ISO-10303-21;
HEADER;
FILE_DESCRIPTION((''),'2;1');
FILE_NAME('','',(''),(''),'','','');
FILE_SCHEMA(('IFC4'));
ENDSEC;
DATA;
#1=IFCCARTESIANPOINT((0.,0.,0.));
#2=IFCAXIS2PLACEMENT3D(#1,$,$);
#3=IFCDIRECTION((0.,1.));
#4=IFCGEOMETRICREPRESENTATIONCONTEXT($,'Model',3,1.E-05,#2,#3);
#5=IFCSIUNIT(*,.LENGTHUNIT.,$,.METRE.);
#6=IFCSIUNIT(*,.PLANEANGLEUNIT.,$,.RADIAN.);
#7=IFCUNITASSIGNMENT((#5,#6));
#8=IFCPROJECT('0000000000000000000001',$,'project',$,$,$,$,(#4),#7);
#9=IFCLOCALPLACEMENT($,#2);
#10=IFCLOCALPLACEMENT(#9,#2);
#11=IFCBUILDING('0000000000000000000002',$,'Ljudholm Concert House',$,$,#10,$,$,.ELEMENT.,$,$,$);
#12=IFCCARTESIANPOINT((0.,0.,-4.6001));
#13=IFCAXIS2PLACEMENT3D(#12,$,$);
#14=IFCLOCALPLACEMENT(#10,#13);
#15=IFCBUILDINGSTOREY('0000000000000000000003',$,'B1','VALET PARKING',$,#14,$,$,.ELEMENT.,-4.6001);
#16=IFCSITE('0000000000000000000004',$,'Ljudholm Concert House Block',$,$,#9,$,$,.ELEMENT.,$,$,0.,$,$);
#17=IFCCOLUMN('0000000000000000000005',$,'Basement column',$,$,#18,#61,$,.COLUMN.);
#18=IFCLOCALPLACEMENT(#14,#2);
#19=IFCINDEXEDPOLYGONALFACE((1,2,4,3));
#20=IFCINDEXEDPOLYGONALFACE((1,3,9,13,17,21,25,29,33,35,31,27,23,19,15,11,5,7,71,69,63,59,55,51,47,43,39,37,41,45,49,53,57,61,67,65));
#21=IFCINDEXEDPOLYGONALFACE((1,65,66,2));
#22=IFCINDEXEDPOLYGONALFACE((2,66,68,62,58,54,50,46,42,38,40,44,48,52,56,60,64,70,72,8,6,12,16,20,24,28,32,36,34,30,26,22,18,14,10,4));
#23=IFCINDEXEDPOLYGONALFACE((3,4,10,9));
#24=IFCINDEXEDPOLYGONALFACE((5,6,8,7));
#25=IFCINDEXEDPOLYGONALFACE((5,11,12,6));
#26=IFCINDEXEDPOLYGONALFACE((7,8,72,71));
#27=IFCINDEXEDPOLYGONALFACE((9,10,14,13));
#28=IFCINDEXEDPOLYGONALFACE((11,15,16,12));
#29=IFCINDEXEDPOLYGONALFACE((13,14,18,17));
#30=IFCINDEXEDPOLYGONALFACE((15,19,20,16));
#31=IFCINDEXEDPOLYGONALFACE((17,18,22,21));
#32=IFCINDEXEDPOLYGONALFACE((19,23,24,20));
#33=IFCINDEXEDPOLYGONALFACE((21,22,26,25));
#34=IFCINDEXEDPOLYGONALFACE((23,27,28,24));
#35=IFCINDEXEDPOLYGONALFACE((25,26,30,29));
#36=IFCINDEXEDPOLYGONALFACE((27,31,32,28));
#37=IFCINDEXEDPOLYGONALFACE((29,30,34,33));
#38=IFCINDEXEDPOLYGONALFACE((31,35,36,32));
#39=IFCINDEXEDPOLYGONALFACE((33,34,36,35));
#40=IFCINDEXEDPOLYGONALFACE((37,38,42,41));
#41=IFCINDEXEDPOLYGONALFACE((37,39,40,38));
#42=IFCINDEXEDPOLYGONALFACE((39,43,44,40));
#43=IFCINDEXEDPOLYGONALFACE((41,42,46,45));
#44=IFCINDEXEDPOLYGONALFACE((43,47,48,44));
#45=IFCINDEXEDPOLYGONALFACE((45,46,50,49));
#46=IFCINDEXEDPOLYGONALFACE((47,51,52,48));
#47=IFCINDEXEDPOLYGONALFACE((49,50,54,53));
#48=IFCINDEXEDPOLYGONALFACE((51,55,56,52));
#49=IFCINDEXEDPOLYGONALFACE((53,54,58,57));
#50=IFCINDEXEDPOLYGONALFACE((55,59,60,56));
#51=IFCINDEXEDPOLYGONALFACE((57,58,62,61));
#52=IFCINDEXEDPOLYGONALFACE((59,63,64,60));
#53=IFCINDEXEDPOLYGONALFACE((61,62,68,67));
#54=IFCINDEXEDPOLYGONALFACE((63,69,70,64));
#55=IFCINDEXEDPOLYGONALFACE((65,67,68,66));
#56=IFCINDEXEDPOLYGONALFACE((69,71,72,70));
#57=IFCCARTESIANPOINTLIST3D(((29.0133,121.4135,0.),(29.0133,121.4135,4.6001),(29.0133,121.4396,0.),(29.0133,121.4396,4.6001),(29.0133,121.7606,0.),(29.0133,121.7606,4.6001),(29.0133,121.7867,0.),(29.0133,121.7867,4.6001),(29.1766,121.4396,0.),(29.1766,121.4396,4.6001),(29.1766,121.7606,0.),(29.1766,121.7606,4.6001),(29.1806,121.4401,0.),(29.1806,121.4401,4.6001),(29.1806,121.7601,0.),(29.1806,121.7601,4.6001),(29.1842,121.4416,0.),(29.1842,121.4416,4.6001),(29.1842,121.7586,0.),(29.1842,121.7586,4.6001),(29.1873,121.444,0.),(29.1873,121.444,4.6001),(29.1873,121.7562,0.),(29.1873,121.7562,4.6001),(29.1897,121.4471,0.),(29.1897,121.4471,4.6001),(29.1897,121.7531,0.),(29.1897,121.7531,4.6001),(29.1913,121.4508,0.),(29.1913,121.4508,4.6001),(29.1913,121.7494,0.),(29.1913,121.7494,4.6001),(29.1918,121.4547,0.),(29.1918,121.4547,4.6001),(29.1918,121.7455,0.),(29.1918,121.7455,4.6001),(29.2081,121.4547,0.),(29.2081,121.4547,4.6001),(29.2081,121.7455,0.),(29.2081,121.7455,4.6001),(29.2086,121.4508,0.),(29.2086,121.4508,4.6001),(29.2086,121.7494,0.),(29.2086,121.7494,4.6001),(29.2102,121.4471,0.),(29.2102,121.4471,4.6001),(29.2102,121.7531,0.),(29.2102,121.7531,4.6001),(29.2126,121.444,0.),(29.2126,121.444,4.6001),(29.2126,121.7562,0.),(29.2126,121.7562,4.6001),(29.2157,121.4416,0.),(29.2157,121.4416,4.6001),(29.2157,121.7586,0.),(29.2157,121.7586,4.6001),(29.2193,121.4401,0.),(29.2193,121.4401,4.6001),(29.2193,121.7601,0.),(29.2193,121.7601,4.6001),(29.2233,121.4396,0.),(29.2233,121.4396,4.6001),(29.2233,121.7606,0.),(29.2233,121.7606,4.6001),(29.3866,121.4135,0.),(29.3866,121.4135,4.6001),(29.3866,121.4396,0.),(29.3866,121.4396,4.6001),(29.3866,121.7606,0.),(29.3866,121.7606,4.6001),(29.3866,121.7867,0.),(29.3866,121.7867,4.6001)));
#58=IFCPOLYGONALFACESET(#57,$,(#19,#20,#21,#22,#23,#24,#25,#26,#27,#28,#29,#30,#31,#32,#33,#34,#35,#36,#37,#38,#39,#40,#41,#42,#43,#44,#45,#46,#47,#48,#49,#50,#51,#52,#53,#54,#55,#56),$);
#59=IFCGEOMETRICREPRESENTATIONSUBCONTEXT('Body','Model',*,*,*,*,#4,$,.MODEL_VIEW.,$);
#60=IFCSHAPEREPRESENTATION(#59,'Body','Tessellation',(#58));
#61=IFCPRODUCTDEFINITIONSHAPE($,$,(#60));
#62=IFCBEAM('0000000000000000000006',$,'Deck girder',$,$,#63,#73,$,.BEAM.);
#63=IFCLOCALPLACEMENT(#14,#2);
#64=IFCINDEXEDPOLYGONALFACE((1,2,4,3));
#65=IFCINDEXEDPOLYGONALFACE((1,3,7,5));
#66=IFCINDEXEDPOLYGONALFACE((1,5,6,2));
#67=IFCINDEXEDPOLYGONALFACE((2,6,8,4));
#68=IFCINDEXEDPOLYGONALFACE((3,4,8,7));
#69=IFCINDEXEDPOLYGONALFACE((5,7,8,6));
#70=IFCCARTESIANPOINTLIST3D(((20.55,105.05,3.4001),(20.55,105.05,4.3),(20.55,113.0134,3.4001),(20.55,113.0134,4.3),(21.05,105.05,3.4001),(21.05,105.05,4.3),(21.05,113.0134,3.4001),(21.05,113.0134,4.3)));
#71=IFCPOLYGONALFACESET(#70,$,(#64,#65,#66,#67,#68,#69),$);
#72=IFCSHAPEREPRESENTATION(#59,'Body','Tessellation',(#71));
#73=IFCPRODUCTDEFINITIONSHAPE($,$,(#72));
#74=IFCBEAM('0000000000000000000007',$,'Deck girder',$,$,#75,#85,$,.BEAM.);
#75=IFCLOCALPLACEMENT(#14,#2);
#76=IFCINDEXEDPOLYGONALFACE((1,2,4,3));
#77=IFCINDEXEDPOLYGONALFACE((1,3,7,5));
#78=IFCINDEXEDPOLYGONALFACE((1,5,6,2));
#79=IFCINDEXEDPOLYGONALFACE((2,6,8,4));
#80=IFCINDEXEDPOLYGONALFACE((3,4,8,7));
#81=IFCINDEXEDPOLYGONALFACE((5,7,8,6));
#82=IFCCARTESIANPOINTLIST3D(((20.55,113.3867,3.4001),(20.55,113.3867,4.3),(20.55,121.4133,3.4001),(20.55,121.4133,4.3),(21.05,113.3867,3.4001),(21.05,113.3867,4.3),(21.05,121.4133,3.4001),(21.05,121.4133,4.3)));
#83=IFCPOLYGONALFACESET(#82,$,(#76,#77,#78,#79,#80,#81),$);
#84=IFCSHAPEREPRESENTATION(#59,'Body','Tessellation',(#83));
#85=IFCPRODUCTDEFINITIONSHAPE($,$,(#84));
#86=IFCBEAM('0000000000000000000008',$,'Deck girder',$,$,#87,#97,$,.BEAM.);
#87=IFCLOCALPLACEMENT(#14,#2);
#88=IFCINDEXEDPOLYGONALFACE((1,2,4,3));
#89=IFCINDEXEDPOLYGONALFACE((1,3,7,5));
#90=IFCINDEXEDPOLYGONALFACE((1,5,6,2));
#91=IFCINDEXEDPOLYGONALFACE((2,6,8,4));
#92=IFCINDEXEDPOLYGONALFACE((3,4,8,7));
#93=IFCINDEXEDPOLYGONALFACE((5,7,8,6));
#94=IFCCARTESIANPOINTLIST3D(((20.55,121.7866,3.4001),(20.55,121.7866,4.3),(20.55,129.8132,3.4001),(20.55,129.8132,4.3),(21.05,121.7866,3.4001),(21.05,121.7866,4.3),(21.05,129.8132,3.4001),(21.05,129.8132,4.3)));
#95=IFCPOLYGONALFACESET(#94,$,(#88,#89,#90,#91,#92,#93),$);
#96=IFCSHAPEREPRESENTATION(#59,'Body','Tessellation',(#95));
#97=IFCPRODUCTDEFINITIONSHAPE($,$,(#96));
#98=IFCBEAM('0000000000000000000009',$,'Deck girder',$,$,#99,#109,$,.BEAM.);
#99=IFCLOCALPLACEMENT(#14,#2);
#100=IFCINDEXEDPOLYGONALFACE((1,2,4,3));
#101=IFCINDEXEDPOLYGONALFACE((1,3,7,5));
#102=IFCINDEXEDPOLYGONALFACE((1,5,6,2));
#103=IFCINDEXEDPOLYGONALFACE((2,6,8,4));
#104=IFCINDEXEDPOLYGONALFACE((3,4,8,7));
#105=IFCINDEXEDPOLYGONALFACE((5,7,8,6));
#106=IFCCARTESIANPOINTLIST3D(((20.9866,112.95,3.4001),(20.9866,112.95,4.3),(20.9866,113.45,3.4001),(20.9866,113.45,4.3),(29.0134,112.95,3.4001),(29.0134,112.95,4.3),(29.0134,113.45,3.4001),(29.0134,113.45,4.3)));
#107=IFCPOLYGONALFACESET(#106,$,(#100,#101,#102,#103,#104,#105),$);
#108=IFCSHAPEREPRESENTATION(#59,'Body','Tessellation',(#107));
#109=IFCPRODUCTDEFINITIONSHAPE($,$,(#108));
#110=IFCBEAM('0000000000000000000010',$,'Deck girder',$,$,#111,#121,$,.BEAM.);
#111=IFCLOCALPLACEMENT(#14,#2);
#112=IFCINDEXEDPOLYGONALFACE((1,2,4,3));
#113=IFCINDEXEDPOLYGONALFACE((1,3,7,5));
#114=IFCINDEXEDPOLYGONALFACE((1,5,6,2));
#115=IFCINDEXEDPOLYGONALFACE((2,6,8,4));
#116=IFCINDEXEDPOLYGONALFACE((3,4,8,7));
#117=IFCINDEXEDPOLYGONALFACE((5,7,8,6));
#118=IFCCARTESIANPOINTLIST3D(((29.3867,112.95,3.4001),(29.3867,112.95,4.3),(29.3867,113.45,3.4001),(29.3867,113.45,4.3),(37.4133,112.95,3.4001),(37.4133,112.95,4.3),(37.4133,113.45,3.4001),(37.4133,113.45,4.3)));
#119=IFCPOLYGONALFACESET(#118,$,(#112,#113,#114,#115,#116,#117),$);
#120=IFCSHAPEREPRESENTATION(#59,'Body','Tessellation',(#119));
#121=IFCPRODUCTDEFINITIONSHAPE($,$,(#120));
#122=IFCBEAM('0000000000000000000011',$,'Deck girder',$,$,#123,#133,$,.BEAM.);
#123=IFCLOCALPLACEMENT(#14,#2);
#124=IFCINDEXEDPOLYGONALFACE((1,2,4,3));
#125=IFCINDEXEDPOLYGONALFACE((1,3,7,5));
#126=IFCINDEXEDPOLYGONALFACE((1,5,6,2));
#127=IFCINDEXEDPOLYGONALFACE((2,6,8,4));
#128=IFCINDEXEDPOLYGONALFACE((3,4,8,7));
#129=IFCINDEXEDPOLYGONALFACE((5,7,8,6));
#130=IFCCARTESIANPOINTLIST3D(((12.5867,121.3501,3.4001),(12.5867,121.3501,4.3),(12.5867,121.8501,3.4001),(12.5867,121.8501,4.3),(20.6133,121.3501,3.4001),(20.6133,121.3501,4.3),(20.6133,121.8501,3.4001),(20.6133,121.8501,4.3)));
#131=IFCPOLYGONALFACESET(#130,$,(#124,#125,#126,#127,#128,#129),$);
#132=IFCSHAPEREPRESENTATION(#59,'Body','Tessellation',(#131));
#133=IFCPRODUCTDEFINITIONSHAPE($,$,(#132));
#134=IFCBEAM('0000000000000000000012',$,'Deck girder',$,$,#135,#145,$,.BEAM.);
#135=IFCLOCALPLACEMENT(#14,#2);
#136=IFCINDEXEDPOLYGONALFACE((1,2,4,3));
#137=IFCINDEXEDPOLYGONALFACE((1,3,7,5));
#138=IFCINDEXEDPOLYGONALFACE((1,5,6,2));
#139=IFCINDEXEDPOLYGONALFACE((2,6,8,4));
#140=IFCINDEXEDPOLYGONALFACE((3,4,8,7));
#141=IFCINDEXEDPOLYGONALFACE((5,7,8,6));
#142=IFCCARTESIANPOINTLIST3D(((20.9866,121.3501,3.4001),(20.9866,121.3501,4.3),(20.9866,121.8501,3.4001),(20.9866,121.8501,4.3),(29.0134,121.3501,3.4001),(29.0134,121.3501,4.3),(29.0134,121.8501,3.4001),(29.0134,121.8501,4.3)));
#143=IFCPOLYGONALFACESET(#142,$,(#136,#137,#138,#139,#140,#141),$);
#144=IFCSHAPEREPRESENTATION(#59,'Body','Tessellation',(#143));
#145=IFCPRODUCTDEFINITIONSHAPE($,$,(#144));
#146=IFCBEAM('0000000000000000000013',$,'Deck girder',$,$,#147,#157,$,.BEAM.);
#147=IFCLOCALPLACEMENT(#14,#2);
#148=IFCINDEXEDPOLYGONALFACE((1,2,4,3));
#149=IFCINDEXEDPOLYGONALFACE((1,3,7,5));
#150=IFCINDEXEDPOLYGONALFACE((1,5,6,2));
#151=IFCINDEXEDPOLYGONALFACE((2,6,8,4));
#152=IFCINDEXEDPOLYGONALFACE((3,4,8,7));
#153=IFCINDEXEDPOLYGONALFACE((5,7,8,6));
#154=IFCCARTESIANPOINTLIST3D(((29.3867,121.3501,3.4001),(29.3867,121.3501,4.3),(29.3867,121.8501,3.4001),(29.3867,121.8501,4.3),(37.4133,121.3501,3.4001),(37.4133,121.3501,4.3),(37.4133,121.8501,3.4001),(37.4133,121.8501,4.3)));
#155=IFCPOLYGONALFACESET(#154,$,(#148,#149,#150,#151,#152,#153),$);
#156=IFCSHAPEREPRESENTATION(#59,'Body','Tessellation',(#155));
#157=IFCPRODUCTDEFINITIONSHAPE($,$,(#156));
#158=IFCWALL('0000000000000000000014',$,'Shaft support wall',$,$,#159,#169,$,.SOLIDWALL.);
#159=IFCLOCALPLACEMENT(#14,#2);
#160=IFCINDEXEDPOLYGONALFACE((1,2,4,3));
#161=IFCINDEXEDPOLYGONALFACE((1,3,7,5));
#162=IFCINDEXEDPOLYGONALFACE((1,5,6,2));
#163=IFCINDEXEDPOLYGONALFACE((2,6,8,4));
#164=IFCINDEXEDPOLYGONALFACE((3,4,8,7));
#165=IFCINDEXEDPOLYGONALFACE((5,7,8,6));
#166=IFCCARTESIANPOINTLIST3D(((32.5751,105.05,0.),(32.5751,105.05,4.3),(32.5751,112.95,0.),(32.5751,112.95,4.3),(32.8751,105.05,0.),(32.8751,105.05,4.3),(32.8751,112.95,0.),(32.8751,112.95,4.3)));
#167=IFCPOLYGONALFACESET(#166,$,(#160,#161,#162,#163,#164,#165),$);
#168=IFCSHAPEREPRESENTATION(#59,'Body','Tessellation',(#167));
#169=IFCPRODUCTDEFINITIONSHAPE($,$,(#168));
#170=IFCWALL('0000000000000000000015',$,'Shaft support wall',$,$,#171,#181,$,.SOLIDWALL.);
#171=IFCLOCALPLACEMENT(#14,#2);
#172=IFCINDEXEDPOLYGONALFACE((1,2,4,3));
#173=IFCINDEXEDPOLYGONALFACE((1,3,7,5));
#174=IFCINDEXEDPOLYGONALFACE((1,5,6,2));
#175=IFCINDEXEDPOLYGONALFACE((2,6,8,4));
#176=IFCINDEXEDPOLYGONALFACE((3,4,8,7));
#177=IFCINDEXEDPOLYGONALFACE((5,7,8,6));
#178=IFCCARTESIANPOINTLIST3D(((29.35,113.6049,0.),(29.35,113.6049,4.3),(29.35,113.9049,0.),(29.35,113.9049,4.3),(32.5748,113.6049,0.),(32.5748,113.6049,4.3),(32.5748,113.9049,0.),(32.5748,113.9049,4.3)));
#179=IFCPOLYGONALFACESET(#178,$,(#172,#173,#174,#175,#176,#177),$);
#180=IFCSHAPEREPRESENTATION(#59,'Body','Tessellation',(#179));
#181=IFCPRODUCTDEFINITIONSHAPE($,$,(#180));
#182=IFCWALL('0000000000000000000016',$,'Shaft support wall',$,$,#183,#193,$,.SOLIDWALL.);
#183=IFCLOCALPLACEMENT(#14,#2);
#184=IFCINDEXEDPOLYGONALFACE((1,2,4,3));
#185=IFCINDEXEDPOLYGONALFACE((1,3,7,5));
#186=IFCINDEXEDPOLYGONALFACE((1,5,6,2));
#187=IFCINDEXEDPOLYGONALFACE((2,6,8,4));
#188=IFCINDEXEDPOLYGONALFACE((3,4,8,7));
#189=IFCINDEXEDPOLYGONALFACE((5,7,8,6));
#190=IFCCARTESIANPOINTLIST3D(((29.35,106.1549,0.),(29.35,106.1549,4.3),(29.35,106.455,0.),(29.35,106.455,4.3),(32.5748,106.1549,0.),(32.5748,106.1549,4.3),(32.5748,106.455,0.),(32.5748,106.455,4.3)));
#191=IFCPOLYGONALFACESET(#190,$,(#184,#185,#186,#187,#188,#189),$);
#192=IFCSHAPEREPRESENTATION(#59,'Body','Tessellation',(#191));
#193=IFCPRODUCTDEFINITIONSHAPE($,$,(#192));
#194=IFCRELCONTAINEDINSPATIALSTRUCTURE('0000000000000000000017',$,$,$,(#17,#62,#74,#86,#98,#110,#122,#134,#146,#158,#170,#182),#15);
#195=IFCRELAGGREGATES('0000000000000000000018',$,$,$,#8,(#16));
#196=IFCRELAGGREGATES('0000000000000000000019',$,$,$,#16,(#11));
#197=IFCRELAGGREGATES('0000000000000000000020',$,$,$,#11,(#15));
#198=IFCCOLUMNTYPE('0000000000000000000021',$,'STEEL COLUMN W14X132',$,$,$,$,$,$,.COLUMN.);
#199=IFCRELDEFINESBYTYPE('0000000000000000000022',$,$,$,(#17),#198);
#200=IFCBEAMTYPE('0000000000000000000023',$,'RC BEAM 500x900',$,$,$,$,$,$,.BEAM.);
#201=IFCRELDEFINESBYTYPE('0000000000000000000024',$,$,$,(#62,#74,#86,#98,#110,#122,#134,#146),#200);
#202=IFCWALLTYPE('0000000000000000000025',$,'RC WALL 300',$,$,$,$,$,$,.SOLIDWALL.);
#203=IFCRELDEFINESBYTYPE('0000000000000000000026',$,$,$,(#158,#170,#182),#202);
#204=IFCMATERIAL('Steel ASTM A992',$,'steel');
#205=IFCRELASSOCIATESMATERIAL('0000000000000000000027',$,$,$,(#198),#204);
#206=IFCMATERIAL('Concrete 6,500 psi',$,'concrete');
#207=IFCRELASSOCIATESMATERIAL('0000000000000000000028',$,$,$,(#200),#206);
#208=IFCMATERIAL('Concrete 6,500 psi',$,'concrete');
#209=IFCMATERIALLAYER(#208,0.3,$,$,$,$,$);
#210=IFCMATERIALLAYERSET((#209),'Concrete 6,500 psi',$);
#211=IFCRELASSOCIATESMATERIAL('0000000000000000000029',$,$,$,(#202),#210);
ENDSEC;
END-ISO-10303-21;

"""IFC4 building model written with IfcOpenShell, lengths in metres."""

from ifc_helpers import new_model, si_unit, direction, frame, frame_2d, origin, origin_2d, place, context, subcontext, project, spatial, rectangle, i_section, extrude, material, layer, layer_set, material_profile, profile_set, type_object, element, save


model = new_model("IFC4")

# Units and contexts
model_context = context("Model", 3, precision=1e-05, world=origin(), true_north=direction((0.0, 1.0)))
body_context = subcontext(model_context, "Body", "Model", "MODEL_VIEW")
ifc_project = project(units=[si_unit("LENGTHUNIT", "METRE"), si_unit("PLANEANGLEUNIT", "RADIAN")], contexts=[model_context])

# Site, building, storey
site_placement = place(None, origin())
site = spatial("IfcSite", under=ifc_project, at=site_placement, Name="Ljudholm Concert House Block", CompositionType="ELEMENT", RefElevation=0.0)
building_placement = place(site_placement, origin())
building = spatial("IfcBuilding", under=site, at=building_placement, Name="Ljudholm Concert House", CompositionType="ELEMENT")
storey_placement = place(building_placement, frame((0.0, 0.0, -4.6001)))
storey = spatial("IfcBuildingStorey", under=building, at=storey_placement, Name="B1", Description="VALET PARKING", CompositionType="ELEMENT", Elevation=-4.6001)

# Column
ifc_material_1 = material(Name="Steel ASTM A992", Category="steel")
ifc_material_profile_1 = material_profile(ifc_material_1, i_section(OverallWidth=0.3733, OverallDepth=0.3733, WebThickness=0.0164, FlangeThickness=0.0261, FilletRadius=0.0151, at=origin_2d()), Name="W14X132")
ifc_profile_set_1 = profile_set([ifc_material_profile_1], Name="Steel ASTM A992")
column_type = type_object("IfcColumnType", Name="STEEL COLUMN W14X132", PredefinedType="COLUMN", material=ifc_profile_set_1)
for number, where, z_axis, x_axis, name in (
    (1, (29.2, 121.6001, 0.0), (0.0, 0.0, 1.0), (1.0, 0.0, 0.0), "Basement column"),
):
    element("IfcColumn", number, at=place(storey_placement, frame(where, z_axis=z_axis, x_axis=x_axis)), inside=storey, type_object=column_type, Name=name, PredefinedType="COLUMN", context=body_context, shape_type="SweptSolid", body=[
        extrude(i_section(OverallWidth=0.3733, OverallDepth=0.3733, WebThickness=0.0164, FlangeThickness=0.0261, FilletRadius=0.0151, at=origin_2d()), origin(), (0.0, 0.0, 1.0), 4.6001),
    ])

# Beams
ifc_material_2 = material(Name="Concrete 6,500 psi", Category="concrete")
ifc_material_profile_2 = material_profile(ifc_material_2, rectangle(XDim=0.5, YDim=0.8999, at=origin_2d()), Name="RC BEAM 500x900")
ifc_profile_set_2 = profile_set([ifc_material_profile_2], Name="Concrete 6,500 psi")
beam_type = type_object("IfcBeamType", Name="RC BEAM 500x900", PredefinedType="BEAM", material=ifc_profile_set_2)
beam_1_placement = place(storey_placement, frame((20.8, 105.05, 3.8501), z_axis=(0.0, 1.0, 0.0), x_axis=(-1.0, 0.0, 0.0)))
element("IfcBeam", 2, at=beam_1_placement, inside=storey, type_object=beam_type, Name="Deck girder", PredefinedType="BEAM", context=body_context, shape_type="SweptSolid", body=[
    extrude(rectangle(XDim=0.5, YDim=0.8999, at=origin_2d()), origin(), (0.0, 0.0, 1.0), 7.9634),
])
for number, where, z_axis, x_axis, name in (
    (3, (20.8, 113.3867, 3.8501), (0.0, 1.0, 0.0), (-1.0, 0.0, 0.0), "Deck girder"),
    (4, (20.8, 121.7866, 3.8501), (0.0, 1.0, 0.0), (-1.0, 0.0, 0.0), "Deck girder"),
):
    element("IfcBeam", number, at=place(storey_placement, frame(where, z_axis=z_axis, x_axis=x_axis)), inside=storey, type_object=beam_type, Name=name, PredefinedType="BEAM", context=body_context, shape_type="SweptSolid", body=[
        extrude(rectangle(XDim=0.5, YDim=0.8999, at=origin_2d()), origin(), (0.0, 0.0, 1.0), 8.0266),
    ])
beam_2_placement = place(storey_placement, frame((20.9866, 113.2, 3.8501), z_axis=(1.0, 0.0, 0.0), x_axis=(0.0, 1.0, 0.0)))
element("IfcBeam", 5, at=beam_2_placement, inside=storey, type_object=beam_type, Name="Deck girder", PredefinedType="BEAM", context=body_context, shape_type="SweptSolid", body=[
    extrude(rectangle(XDim=0.5, YDim=0.8999, at=origin_2d()), origin(), (0.0, 0.0, 1.0), 8.0269),
])
for number, where, z_axis, x_axis, name in (
    (6, (29.3867, 113.2, 3.8501), (1.0, 0.0, 0.0), (0.0, 1.0, 0.0), "Deck girder"),
    (7, (12.5867, 121.6001, 3.8501), (1.0, 0.0, 0.0), (0.0, 1.0, 0.0), "Deck girder"),
):
    element("IfcBeam", number, at=place(storey_placement, frame(where, z_axis=z_axis, x_axis=x_axis)), inside=storey, type_object=beam_type, Name=name, PredefinedType="BEAM", context=body_context, shape_type="SweptSolid", body=[
        extrude(rectangle(XDim=0.5, YDim=0.8999, at=origin_2d()), origin(), (0.0, 0.0, 1.0), 8.0266),
    ])
beam_3_placement = place(storey_placement, frame((20.9866, 121.6001, 3.8501), z_axis=(1.0, 0.0, 0.0), x_axis=(0.0, 1.0, 0.0)))
element("IfcBeam", 8, at=beam_3_placement, inside=storey, type_object=beam_type, Name="Deck girder", PredefinedType="BEAM", context=body_context, shape_type="SweptSolid", body=[
    extrude(rectangle(XDim=0.5, YDim=0.8999, at=origin_2d()), origin(), (0.0, 0.0, 1.0), 8.0269),
])
beam_4_placement = place(storey_placement, frame((29.3867, 121.6001, 3.8501), z_axis=(1.0, 0.0, 0.0), x_axis=(0.0, 1.0, 0.0)))
element("IfcBeam", 9, at=beam_4_placement, inside=storey, type_object=beam_type, Name="Deck girder", PredefinedType="BEAM", context=body_context, shape_type="SweptSolid", body=[
    extrude(rectangle(XDim=0.5, YDim=0.8999, at=origin_2d()), origin(), (0.0, 0.0, 1.0), 8.0266),
])

# Walls
ifc_material_3 = material(Name="Concrete 6,500 psi", Category="concrete")
ifc_layer = layer(ifc_material_3, 0.3)
ifc_layer_set = layer_set([ifc_layer], Name="Concrete 6,500 psi")
wall_type = type_object("IfcWallType", Name="RC WALL 300", PredefinedType="SOLIDWALL", material=ifc_layer_set)
wall_placement = place(storey_placement, frame((32.7251, 105.05, 0.0), z_axis=(0.0, 0.0, 1.0), x_axis=(0.0, 1.0, 0.0)))
element("IfcWall", 10, at=wall_placement, inside=storey, type_object=wall_type, Name="Shaft support wall", PredefinedType="SOLIDWALL", context=body_context, shape_type="SweptSolid", body=[
    extrude(rectangle(XDim=7.8999, YDim=0.3, at=frame_2d((3.95, 0.0))), origin(), (0.0, 0.0, 1.0), 4.3),
])
for number, where, z_axis, x_axis, name in (
    (11, (29.3501, 113.7549, 0.0), (0.0, 0.0, 1.0), (1.0, 0.0, 0.0), "Shaft support wall"),
    (12, (29.3501, 106.3049, 0.0), (0.0, 0.0, 1.0), (1.0, 0.0, 0.0), "Shaft support wall"),
):
    element("IfcWall", number, at=place(storey_placement, frame(where, z_axis=z_axis, x_axis=x_axis)), inside=storey, type_object=wall_type, Name=name, PredefinedType="SOLIDWALL", context=body_context, shape_type="SweptSolid", body=[
        extrude(rectangle(XDim=3.2249, YDim=0.3, at=frame_2d((1.6123, 0.0))), origin(), (0.0, 0.0, 1.0), 4.3),
    ])

save(model, "model.ifc")
